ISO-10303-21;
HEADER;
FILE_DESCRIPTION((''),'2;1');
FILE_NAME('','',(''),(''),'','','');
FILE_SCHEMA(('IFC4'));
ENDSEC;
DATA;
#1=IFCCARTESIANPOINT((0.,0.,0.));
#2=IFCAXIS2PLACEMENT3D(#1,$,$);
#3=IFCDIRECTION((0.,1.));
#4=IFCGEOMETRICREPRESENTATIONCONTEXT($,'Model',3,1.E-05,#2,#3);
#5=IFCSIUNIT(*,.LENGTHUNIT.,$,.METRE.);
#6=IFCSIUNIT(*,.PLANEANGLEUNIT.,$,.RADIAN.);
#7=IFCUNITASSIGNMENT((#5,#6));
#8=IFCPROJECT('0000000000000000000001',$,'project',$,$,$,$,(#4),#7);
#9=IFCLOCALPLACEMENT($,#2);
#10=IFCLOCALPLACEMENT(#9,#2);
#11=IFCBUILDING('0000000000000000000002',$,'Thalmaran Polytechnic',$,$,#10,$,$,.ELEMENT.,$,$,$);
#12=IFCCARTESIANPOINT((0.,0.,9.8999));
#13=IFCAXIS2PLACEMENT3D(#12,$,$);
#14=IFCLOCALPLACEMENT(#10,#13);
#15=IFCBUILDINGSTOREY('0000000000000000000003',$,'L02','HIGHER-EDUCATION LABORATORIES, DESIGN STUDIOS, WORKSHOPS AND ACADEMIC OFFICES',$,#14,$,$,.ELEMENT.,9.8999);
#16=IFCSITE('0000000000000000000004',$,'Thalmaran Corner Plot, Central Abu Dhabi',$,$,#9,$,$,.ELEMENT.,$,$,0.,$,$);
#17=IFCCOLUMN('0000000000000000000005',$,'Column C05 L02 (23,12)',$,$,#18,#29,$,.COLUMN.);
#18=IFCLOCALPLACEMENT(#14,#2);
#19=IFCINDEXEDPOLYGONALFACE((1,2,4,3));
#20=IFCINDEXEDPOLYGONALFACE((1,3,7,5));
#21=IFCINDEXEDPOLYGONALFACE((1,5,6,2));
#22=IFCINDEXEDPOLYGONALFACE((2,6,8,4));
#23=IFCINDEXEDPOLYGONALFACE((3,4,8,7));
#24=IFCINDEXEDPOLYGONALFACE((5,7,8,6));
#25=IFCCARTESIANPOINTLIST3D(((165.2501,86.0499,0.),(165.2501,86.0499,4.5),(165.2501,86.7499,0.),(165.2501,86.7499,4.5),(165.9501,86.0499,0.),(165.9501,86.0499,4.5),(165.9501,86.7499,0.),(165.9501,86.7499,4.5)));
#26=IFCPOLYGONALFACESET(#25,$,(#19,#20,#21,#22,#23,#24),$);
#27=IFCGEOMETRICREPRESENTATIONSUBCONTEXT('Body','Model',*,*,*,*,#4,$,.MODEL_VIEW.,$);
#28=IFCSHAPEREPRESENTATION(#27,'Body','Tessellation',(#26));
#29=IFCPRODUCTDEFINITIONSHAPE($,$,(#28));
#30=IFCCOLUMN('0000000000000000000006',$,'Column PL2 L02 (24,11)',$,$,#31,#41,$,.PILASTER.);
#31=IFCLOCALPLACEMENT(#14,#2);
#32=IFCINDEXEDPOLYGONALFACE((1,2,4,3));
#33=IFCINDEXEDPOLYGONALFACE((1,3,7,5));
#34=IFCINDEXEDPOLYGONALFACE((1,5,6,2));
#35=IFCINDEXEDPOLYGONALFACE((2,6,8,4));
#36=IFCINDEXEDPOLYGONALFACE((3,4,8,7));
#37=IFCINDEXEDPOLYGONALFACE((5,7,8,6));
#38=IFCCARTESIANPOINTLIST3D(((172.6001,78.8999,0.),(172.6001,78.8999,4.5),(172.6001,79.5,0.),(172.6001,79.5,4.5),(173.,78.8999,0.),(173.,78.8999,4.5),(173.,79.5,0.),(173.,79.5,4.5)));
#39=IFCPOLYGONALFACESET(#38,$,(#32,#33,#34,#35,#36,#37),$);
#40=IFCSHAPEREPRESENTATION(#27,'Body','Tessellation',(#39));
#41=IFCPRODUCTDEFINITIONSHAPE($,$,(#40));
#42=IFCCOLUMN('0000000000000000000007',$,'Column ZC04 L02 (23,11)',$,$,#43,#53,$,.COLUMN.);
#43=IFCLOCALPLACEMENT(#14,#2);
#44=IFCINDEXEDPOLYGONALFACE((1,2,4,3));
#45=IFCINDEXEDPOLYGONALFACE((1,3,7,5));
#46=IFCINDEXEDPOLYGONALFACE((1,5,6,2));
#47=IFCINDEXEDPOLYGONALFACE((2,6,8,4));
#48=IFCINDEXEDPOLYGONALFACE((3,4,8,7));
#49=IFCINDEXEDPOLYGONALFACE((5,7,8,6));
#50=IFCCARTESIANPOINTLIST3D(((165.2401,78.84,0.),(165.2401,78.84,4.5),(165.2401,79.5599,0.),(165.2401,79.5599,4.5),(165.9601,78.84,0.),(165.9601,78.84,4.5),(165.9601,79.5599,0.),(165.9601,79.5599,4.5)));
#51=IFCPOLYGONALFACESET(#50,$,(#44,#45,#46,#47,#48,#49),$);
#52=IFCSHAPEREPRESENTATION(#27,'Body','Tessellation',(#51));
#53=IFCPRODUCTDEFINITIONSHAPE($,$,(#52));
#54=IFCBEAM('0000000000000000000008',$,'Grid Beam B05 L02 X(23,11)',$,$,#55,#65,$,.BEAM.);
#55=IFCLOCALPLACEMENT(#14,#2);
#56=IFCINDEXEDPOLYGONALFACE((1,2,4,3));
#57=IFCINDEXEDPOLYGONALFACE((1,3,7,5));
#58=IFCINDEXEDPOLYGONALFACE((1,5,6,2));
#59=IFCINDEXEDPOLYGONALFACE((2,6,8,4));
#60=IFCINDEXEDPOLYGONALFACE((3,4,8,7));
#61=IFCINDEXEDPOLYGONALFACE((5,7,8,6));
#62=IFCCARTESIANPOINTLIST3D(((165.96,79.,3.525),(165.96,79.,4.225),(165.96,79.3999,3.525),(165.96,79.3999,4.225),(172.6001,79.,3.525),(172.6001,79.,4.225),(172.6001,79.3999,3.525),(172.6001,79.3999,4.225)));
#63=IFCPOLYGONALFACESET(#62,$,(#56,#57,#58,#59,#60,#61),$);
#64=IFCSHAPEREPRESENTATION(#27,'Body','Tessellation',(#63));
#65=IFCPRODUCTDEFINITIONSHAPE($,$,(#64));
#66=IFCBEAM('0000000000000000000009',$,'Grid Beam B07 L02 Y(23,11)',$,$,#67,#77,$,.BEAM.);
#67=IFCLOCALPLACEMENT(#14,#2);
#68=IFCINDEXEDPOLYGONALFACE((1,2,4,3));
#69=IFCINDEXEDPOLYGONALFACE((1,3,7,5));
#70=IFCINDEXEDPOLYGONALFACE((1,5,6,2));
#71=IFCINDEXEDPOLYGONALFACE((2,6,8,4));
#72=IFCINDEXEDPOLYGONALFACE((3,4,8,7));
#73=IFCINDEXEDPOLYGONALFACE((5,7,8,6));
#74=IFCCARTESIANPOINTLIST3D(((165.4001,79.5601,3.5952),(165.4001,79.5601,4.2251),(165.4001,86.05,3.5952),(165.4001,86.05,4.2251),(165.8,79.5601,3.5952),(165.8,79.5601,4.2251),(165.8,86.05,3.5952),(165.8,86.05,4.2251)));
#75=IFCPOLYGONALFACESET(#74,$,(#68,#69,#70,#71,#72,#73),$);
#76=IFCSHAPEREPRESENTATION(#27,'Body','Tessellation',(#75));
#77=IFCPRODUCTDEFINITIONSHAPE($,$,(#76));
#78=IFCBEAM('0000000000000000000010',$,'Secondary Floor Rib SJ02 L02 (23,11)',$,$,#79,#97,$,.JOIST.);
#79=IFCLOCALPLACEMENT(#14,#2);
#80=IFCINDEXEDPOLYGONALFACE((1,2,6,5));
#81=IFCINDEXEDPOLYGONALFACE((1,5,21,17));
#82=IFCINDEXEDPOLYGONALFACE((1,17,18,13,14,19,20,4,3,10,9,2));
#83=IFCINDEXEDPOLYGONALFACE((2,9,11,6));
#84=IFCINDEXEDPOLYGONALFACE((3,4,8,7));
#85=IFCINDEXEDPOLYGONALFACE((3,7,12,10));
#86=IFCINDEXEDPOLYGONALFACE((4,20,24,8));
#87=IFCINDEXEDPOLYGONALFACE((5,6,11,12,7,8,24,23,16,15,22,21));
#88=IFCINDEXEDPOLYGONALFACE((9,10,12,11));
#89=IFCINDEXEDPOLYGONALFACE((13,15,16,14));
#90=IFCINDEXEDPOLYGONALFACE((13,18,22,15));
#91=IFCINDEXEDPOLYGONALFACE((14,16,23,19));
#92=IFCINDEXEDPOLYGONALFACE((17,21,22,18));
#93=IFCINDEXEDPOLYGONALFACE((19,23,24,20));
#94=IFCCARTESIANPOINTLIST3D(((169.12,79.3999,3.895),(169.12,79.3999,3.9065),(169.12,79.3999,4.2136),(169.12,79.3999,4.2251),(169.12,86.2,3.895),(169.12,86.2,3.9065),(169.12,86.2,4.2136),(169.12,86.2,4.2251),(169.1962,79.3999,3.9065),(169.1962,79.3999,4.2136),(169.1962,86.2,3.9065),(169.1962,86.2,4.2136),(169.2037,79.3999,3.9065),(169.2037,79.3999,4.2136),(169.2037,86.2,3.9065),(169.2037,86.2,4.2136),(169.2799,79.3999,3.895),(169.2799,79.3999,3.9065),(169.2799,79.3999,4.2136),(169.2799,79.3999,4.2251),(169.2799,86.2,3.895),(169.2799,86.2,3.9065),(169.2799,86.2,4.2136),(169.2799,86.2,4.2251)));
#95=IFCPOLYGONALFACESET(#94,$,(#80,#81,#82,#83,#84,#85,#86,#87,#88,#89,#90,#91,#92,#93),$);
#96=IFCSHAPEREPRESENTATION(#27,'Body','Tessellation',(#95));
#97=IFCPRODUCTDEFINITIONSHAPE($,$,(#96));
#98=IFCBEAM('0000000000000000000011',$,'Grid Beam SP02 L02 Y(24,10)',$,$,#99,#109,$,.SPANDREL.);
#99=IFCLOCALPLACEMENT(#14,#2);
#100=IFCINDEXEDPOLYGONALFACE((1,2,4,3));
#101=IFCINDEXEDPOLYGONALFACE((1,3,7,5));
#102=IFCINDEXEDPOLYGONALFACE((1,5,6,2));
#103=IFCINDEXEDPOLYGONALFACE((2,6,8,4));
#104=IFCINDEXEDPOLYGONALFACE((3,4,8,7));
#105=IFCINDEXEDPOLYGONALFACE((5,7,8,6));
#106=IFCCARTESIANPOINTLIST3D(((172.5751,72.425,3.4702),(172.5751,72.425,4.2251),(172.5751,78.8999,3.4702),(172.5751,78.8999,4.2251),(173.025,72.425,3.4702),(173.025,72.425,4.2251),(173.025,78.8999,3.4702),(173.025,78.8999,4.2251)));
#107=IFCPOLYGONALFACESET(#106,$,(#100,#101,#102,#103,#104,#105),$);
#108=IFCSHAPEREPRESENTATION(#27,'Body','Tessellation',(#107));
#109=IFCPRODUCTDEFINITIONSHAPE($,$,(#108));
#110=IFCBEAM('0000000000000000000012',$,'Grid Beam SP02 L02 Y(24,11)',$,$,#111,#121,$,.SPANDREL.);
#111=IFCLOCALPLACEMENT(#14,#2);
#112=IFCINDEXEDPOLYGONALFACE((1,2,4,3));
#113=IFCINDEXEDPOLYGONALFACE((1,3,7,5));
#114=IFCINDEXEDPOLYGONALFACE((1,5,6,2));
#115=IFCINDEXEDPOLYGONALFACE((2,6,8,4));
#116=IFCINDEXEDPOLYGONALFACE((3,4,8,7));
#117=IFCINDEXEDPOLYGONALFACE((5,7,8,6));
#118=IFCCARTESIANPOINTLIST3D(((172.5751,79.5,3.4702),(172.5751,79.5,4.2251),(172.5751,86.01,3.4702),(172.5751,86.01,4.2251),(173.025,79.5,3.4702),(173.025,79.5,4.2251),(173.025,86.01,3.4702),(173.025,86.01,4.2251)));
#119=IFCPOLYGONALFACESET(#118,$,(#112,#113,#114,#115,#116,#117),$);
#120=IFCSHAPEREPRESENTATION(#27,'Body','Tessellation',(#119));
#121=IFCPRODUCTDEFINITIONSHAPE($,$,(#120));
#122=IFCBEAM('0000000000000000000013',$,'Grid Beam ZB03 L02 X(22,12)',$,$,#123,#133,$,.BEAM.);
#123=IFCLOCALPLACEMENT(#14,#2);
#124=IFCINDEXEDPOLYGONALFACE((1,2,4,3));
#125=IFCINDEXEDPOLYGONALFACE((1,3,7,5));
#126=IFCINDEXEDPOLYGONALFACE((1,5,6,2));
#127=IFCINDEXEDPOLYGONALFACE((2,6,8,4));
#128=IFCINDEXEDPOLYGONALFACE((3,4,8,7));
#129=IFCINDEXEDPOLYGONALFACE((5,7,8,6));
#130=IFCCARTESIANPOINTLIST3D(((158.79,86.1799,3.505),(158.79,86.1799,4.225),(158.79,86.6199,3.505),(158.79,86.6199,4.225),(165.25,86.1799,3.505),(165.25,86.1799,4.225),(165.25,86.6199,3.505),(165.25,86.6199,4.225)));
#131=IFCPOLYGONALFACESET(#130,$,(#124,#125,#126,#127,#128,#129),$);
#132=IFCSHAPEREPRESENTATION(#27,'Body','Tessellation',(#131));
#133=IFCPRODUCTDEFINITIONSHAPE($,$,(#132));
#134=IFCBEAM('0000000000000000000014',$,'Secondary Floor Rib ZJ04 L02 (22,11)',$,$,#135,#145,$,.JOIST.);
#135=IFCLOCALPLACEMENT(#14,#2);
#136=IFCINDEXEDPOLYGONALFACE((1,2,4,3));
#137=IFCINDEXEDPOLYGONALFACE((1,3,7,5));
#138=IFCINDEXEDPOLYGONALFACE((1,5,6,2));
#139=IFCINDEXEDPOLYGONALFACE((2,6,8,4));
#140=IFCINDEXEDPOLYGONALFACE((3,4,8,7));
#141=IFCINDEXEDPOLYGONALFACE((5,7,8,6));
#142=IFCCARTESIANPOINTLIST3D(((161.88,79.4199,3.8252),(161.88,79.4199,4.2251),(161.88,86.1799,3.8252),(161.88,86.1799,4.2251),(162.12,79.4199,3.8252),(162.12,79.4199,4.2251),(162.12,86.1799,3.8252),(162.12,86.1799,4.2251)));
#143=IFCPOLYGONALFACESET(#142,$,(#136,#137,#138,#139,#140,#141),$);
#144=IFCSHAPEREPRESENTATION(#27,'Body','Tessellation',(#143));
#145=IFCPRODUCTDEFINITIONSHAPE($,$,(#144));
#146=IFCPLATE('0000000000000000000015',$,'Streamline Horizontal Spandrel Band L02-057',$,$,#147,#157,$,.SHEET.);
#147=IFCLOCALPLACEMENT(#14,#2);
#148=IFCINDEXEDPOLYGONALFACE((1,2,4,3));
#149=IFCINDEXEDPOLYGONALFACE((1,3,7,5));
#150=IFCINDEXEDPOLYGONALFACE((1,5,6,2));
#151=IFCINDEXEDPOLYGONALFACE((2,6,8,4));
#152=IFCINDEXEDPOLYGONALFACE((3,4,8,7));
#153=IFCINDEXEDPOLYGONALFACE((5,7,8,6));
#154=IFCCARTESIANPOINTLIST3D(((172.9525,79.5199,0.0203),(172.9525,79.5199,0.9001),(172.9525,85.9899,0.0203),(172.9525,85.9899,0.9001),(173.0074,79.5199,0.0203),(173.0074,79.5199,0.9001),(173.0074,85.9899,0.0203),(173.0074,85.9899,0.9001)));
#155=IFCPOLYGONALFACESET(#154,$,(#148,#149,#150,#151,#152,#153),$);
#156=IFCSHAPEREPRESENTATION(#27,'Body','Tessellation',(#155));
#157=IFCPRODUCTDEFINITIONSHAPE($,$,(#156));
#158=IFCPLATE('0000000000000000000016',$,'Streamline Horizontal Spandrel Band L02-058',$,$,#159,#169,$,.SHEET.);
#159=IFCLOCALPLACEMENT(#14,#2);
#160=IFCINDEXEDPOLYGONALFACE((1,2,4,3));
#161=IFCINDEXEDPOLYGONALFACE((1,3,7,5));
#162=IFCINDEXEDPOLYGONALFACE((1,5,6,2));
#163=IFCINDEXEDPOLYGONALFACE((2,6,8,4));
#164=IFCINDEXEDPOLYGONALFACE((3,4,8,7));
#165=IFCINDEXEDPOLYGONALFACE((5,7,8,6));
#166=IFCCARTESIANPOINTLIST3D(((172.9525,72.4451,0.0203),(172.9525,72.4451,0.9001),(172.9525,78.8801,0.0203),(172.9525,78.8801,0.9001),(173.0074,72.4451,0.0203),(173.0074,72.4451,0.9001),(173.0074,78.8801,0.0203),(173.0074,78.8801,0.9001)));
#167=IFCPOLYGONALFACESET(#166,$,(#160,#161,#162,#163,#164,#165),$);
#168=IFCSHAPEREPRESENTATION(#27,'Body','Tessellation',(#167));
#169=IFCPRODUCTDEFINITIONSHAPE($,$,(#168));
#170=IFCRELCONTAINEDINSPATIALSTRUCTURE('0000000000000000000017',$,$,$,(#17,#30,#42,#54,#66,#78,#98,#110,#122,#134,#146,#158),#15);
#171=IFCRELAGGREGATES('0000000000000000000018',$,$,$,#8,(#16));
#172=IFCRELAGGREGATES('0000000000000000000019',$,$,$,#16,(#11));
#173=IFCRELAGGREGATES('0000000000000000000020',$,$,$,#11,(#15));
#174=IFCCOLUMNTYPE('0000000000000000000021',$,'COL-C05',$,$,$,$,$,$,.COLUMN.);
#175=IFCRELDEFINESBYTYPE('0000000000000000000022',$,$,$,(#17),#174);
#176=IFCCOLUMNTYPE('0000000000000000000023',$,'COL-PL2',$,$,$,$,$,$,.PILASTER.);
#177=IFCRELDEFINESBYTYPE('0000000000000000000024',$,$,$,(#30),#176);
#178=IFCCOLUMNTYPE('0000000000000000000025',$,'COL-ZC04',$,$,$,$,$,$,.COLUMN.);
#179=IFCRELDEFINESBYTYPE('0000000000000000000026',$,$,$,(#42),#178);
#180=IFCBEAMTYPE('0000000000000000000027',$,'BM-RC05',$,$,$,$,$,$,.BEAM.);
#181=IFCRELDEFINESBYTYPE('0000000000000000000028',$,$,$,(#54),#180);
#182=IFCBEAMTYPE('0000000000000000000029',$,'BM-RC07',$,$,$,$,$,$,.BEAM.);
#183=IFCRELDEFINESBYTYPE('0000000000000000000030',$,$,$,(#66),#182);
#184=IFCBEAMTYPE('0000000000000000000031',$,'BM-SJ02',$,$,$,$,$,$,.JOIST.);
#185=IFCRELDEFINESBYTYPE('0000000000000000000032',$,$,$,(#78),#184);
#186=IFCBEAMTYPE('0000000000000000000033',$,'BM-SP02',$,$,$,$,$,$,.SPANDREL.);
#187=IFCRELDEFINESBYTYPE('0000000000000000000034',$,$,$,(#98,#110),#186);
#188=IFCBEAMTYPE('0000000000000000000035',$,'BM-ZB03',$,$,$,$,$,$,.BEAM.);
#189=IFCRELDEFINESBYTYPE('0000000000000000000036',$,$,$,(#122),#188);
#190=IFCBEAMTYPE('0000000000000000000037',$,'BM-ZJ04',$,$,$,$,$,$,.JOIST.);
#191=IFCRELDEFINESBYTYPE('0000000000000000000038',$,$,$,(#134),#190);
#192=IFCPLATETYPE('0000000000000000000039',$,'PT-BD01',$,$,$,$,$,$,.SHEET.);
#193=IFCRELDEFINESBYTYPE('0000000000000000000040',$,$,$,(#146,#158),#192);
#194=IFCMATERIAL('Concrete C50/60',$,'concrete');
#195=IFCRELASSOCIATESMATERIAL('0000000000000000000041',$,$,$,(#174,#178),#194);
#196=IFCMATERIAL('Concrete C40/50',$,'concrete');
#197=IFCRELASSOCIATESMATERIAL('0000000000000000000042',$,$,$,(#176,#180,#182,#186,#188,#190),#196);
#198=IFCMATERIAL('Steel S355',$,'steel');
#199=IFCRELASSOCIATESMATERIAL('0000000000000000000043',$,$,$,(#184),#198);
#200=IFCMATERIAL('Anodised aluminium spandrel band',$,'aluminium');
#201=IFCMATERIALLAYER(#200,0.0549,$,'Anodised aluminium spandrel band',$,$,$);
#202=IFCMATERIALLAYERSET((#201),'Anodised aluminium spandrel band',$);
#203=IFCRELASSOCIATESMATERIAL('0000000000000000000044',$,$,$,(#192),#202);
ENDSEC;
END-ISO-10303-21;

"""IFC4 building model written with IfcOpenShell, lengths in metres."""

from ifc_helpers import new_model, si_unit, direction, frame, origin, origin_2d, place, context, subcontext, project, spatial, rectangle, i_section, extrude, material, layer, layer_set, material_profile, profile_set, type_object, element, save


model = new_model("IFC4")

# Units and contexts
model_context = context("Model", 3, precision=1e-05, world=origin(), true_north=direction((0.0, 1.0)))
body_context = subcontext(model_context, "Body", "Model", "MODEL_VIEW")
ifc_project = project(units=[si_unit("LENGTHUNIT", "METRE"), si_unit("PLANEANGLEUNIT", "RADIAN")], contexts=[model_context])

# Site, building, storey
site_placement = place(None, origin())
site = spatial("IfcSite", under=ifc_project, at=site_placement, Name="Thalmaran Corner Plot, Central Abu Dhabi", CompositionType="ELEMENT", RefElevation=0.0)
building_placement = place(site_placement, origin())
building = spatial("IfcBuilding", under=site, at=building_placement, Name="Thalmaran Polytechnic", CompositionType="ELEMENT")
storey_placement = place(building_placement, frame((0.0, 0.0, 9.8999)))
storey = spatial("IfcBuildingStorey", under=building, at=storey_placement, Name="L02", Description="HIGHER-EDUCATION LABORATORIES, DESIGN STUDIOS, WORKSHOPS AND ACADEMIC OFFICES", CompositionType="ELEMENT", Elevation=9.8999)

# Columns
ifc_material_1 = material(Name="Concrete C50/60", Category="concrete")
ifc_material_profile_1 = material_profile(ifc_material_1, rectangle(XDim=0.7, YDim=0.7, at=origin_2d()), Name="RC 700x700")
ifc_profile_set_1 = profile_set([ifc_material_profile_1], Name="Concrete C50/60")
column_type_1 = type_object("IfcColumnType", Name="COL-C05", PredefinedType="COLUMN", material=ifc_profile_set_1)
column_1_placement = place(storey_placement, frame((165.6001, 86.3999, 0.0), z_axis=(0.0, 0.0, 1.0), x_axis=(1.0, 0.0, 0.0)))
element("IfcColumn", 1, at=column_1_placement, inside=storey, type_object=column_type_1, Name="Column C05 L02 (23,12)", PredefinedType="COLUMN", context=body_context, shape_type="SweptSolid", body=[
    extrude(rectangle(XDim=0.7, YDim=0.7, at=origin_2d()), origin(), (0.0, 0.0, 1.0), 4.5),
])
ifc_material_2 = material(Name="Concrete C40/50", Category="concrete")
ifc_material_profile_2 = material_profile(ifc_material_2, rectangle(XDim=0.3999, YDim=0.6001, at=origin_2d()), Name="RC 400x600")
ifc_profile_set_2 = profile_set([ifc_material_profile_2], Name="Concrete C40/50")
column_type_2 = type_object("IfcColumnType", Name="COL-PL2", PredefinedType="PILASTER", material=ifc_profile_set_2)
column_2_placement = place(storey_placement, frame((172.8, 79.2, 0.0), z_axis=(0.0, 0.0, 1.0), x_axis=(1.0, 0.0, 0.0)))
element("IfcColumn", 2, at=column_2_placement, inside=storey, type_object=column_type_2, Name="Column PL2 L02 (24,11)", PredefinedType="PILASTER", context=body_context, shape_type="SweptSolid", body=[
    extrude(rectangle(XDim=0.3999, YDim=0.6001, at=origin_2d()), origin(), (0.0, 0.0, 1.0), 4.5),
])
ifc_material_profile_3 = material_profile(ifc_material_1, rectangle(XDim=0.72, YDim=0.72, at=origin_2d()), Name="RC 720x720")
ifc_profile_set_3 = profile_set([ifc_material_profile_3], Name="Concrete C50/60")
column_type_3 = type_object("IfcColumnType", Name="COL-ZC04", PredefinedType="COLUMN", material=ifc_profile_set_3)
column_3_placement = place(storey_placement, frame((165.6001, 79.2, 0.0), z_axis=(0.0, 0.0, 1.0), x_axis=(1.0, 0.0, 0.0)))
element("IfcColumn", 3, at=column_3_placement, inside=storey, type_object=column_type_3, Name="Column ZC04 L02 (23,11)", PredefinedType="COLUMN", context=body_context, shape_type="SweptSolid", body=[
    extrude(rectangle(XDim=0.72, YDim=0.72, at=origin_2d()), origin(), (0.0, 0.0, 1.0), 4.5),
])

# Beams
ifc_material_profile_4 = material_profile(ifc_material_2, rectangle(XDim=0.3999, YDim=0.7, at=origin_2d()), Name="RC 400x700")
ifc_profile_set_4 = profile_set([ifc_material_profile_4], Name="Concrete C40/50")
beam_type_1 = type_object("IfcBeamType", Name="BM-RC05", PredefinedType="BEAM", material=ifc_profile_set_4)
beam_1_placement = place(storey_placement, frame((165.96, 79.2, 3.875), z_axis=(1.0, 0.0, 0.0), x_axis=(0.0, 1.0, 0.0)))
element("IfcBeam", 4, at=beam_1_placement, inside=storey, type_object=beam_type_1, Name="Grid Beam B05 L02 X(23,11)", PredefinedType="BEAM", context=body_context, shape_type="SweptSolid", body=[
    extrude(rectangle(XDim=0.3999, YDim=0.7, at=origin_2d()), origin(), (0.0, 0.0, 1.0), 6.6401),
])
ifc_material_profile_5 = material_profile(ifc_material_2, rectangle(XDim=0.3999, YDim=0.6299, at=origin_2d()), Name="RC 400x630")
ifc_profile_set_5 = profile_set([ifc_material_profile_5], Name="Concrete C40/50")
beam_type_2 = type_object("IfcBeamType", Name="BM-RC07", PredefinedType="BEAM", material=ifc_profile_set_5)
beam_2_placement = place(storey_placement, frame((165.6001, 79.5601, 3.9102), z_axis=(0.0, 1.0, 0.0), x_axis=(-1.0, 0.0, 0.0)))
element("IfcBeam", 5, at=beam_2_placement, inside=storey, type_object=beam_type_2, Name="Grid Beam B07 L02 Y(23,11)", PredefinedType="BEAM", context=body_context, shape_type="SweptSolid", body=[
    extrude(rectangle(XDim=0.3999, YDim=0.6299, at=origin_2d()), origin(), (0.0, 0.0, 1.0), 6.49),
])
ifc_material_3 = material(Name="Steel S355", Category="steel")
ifc_material_profile_6 = material_profile(ifc_material_3, i_section(OverallWidth=0.1599, OverallDepth=0.3301, WebThickness=0.0076, FlangeThickness=0.0115, at=origin_2d()), Name="IPE 330")
ifc_profile_set_6 = profile_set([ifc_material_profile_6], Name="Steel S355")
beam_type_3 = type_object("IfcBeamType", Name="BM-SJ02", PredefinedType="JOIST", material=ifc_profile_set_6)
beam_3_placement = place(storey_placement, frame((169.2, 79.3999, 4.0601), z_axis=(0.0, 1.0, 0.0), x_axis=(-1.0, 0.0, 0.0)))
element("IfcBeam", 6, at=beam_3_placement, inside=storey, type_object=beam_type_3, Name="Secondary Floor Rib SJ02 L02 (23,11)", PredefinedType="JOIST", context=body_context, shape_type="SweptSolid", body=[
    extrude(i_section(OverallWidth=0.1599, OverallDepth=0.3301, WebThickness=0.0076, FlangeThickness=0.0115, at=origin_2d()), origin(), (0.0, 0.0, 1.0), 6.8),
])
ifc_material_profile_7 = material_profile(ifc_material_2, rectangle(XDim=0.45, YDim=0.7549, at=origin_2d()), Name="RC 450x755")
ifc_profile_set_7 = profile_set([ifc_material_profile_7], Name="Concrete C40/50")
beam_type_4 = type_object("IfcBeamType", Name="BM-SP02", PredefinedType="SPANDREL", material=ifc_profile_set_7)
beam_4_placement = place(storey_placement, frame((172.8, 72.425, 3.8477), z_axis=(0.0, 1.0, 0.0), x_axis=(-1.0, 0.0, 0.0)))
element("IfcBeam", 7, at=beam_4_placement, inside=storey, type_object=beam_type_4, Name="Grid Beam SP02 L02 Y(24,10)", PredefinedType="SPANDREL", context=body_context, shape_type="SweptSolid", body=[
    extrude(rectangle(XDim=0.45, YDim=0.7549, at=origin_2d()), origin(), (0.0, 0.0, 1.0), 6.4749),
])
beam_5_placement = place(storey_placement, frame((172.8, 79.5, 3.8477), z_axis=(0.0, 1.0, 0.0), x_axis=(-1.0, 0.0, 0.0)))
element("IfcBeam", 8, at=beam_5_placement, inside=storey, type_object=beam_type_4, Name="Grid Beam SP02 L02 Y(24,11)", PredefinedType="SPANDREL", context=body_context, shape_type="SweptSolid", body=[
    extrude(rectangle(XDim=0.45, YDim=0.7549, at=origin_2d()), origin(), (0.0, 0.0, 1.0), 6.51),
])
ifc_material_profile_8 = material_profile(ifc_material_2, rectangle(XDim=0.4399, YDim=0.72, at=origin_2d()), Name="RC 440x720")
ifc_profile_set_8 = profile_set([ifc_material_profile_8], Name="Concrete C40/50")
beam_type_5 = type_object("IfcBeamType", Name="BM-ZB03", PredefinedType="BEAM", material=ifc_profile_set_8)
beam_6_placement = place(storey_placement, frame((158.79, 86.3999, 3.865), z_axis=(1.0, 0.0, 0.0), x_axis=(0.0, 1.0, 0.0)))
element("IfcBeam", 9, at=beam_6_placement, inside=storey, type_object=beam_type_5, Name="Grid Beam ZB03 L02 X(22,12)", PredefinedType="BEAM", context=body_context, shape_type="SweptSolid", body=[
    extrude(rectangle(XDim=0.4399, YDim=0.72, at=origin_2d()), origin(), (0.0, 0.0, 1.0), 6.46),
])
ifc_material_profile_9 = material_profile(ifc_material_2, rectangle(XDim=0.24, YDim=0.3999, at=origin_2d()), Name="RC 240x400")
ifc_profile_set_9 = profile_set([ifc_material_profile_9], Name="Concrete C40/50")
beam_type_6 = type_object("IfcBeamType", Name="BM-ZJ04", PredefinedType="JOIST", material=ifc_profile_set_9)
beam_7_placement = place(storey_placement, frame((162.0, 79.4199, 4.0251), z_axis=(0.0, 1.0, 0.0), x_axis=(-1.0, 0.0, 0.0)))
element("IfcBeam", 10, at=beam_7_placement, inside=storey, type_object=beam_type_6, Name="Secondary Floor Rib ZJ04 L02 (22,11)", PredefinedType="JOIST", context=body_context, shape_type="SweptSolid", body=[
    extrude(rectangle(XDim=0.24, YDim=0.3999, at=origin_2d()), origin(), (0.0, 0.0, 1.0), 6.76),
])

# Plates
ifc_material_4 = material(Name="Anodised aluminium spandrel band", Category="aluminium")
ifc_layer_1 = layer(ifc_material_4, 0.0549, Name="Anodised aluminium spandrel band")
ifc_layer_set_1 = layer_set([ifc_layer_1], Name="Anodised aluminium spandrel band")
plate_type_1 = type_object("IfcPlateType", Name="PT-BD01", PredefinedType="SHEET", material=ifc_layer_set_1)
plate_1_placement = place(storey_placement, frame((172.98, 82.7549, 0.0203), z_axis=(0.0, 0.0, 1.0), x_axis=(0.0, -1.0, 0.0)))
element("IfcPlate", 11, at=plate_1_placement, inside=storey, type_object=plate_type_1, Name="Streamline Horizontal Spandrel Band L02-057", PredefinedType="SHEET", context=body_context, shape_type="SweptSolid", body=[
    extrude(rectangle(XDim=6.47, YDim=0.0549, at=origin_2d()), origin(), (0.0, 0.0, 1.0), 0.8799),
])
plate_2_placement = place(storey_placement, frame((172.98, 75.6626, 0.0203), z_axis=(0.0, 0.0, 1.0), x_axis=(0.0, -1.0, 0.0)))
element("IfcPlate", 12, at=plate_2_placement, inside=storey, type_object=plate_type_1, Name="Streamline Horizontal Spandrel Band L02-058", PredefinedType="SHEET", context=body_context, shape_type="SweptSolid", body=[
    extrude(rectangle(XDim=6.4351, YDim=0.0549, at=origin_2d()), origin(), (0.0, 0.0, 1.0), 0.8799),
])

save(model, "model.ifc")
